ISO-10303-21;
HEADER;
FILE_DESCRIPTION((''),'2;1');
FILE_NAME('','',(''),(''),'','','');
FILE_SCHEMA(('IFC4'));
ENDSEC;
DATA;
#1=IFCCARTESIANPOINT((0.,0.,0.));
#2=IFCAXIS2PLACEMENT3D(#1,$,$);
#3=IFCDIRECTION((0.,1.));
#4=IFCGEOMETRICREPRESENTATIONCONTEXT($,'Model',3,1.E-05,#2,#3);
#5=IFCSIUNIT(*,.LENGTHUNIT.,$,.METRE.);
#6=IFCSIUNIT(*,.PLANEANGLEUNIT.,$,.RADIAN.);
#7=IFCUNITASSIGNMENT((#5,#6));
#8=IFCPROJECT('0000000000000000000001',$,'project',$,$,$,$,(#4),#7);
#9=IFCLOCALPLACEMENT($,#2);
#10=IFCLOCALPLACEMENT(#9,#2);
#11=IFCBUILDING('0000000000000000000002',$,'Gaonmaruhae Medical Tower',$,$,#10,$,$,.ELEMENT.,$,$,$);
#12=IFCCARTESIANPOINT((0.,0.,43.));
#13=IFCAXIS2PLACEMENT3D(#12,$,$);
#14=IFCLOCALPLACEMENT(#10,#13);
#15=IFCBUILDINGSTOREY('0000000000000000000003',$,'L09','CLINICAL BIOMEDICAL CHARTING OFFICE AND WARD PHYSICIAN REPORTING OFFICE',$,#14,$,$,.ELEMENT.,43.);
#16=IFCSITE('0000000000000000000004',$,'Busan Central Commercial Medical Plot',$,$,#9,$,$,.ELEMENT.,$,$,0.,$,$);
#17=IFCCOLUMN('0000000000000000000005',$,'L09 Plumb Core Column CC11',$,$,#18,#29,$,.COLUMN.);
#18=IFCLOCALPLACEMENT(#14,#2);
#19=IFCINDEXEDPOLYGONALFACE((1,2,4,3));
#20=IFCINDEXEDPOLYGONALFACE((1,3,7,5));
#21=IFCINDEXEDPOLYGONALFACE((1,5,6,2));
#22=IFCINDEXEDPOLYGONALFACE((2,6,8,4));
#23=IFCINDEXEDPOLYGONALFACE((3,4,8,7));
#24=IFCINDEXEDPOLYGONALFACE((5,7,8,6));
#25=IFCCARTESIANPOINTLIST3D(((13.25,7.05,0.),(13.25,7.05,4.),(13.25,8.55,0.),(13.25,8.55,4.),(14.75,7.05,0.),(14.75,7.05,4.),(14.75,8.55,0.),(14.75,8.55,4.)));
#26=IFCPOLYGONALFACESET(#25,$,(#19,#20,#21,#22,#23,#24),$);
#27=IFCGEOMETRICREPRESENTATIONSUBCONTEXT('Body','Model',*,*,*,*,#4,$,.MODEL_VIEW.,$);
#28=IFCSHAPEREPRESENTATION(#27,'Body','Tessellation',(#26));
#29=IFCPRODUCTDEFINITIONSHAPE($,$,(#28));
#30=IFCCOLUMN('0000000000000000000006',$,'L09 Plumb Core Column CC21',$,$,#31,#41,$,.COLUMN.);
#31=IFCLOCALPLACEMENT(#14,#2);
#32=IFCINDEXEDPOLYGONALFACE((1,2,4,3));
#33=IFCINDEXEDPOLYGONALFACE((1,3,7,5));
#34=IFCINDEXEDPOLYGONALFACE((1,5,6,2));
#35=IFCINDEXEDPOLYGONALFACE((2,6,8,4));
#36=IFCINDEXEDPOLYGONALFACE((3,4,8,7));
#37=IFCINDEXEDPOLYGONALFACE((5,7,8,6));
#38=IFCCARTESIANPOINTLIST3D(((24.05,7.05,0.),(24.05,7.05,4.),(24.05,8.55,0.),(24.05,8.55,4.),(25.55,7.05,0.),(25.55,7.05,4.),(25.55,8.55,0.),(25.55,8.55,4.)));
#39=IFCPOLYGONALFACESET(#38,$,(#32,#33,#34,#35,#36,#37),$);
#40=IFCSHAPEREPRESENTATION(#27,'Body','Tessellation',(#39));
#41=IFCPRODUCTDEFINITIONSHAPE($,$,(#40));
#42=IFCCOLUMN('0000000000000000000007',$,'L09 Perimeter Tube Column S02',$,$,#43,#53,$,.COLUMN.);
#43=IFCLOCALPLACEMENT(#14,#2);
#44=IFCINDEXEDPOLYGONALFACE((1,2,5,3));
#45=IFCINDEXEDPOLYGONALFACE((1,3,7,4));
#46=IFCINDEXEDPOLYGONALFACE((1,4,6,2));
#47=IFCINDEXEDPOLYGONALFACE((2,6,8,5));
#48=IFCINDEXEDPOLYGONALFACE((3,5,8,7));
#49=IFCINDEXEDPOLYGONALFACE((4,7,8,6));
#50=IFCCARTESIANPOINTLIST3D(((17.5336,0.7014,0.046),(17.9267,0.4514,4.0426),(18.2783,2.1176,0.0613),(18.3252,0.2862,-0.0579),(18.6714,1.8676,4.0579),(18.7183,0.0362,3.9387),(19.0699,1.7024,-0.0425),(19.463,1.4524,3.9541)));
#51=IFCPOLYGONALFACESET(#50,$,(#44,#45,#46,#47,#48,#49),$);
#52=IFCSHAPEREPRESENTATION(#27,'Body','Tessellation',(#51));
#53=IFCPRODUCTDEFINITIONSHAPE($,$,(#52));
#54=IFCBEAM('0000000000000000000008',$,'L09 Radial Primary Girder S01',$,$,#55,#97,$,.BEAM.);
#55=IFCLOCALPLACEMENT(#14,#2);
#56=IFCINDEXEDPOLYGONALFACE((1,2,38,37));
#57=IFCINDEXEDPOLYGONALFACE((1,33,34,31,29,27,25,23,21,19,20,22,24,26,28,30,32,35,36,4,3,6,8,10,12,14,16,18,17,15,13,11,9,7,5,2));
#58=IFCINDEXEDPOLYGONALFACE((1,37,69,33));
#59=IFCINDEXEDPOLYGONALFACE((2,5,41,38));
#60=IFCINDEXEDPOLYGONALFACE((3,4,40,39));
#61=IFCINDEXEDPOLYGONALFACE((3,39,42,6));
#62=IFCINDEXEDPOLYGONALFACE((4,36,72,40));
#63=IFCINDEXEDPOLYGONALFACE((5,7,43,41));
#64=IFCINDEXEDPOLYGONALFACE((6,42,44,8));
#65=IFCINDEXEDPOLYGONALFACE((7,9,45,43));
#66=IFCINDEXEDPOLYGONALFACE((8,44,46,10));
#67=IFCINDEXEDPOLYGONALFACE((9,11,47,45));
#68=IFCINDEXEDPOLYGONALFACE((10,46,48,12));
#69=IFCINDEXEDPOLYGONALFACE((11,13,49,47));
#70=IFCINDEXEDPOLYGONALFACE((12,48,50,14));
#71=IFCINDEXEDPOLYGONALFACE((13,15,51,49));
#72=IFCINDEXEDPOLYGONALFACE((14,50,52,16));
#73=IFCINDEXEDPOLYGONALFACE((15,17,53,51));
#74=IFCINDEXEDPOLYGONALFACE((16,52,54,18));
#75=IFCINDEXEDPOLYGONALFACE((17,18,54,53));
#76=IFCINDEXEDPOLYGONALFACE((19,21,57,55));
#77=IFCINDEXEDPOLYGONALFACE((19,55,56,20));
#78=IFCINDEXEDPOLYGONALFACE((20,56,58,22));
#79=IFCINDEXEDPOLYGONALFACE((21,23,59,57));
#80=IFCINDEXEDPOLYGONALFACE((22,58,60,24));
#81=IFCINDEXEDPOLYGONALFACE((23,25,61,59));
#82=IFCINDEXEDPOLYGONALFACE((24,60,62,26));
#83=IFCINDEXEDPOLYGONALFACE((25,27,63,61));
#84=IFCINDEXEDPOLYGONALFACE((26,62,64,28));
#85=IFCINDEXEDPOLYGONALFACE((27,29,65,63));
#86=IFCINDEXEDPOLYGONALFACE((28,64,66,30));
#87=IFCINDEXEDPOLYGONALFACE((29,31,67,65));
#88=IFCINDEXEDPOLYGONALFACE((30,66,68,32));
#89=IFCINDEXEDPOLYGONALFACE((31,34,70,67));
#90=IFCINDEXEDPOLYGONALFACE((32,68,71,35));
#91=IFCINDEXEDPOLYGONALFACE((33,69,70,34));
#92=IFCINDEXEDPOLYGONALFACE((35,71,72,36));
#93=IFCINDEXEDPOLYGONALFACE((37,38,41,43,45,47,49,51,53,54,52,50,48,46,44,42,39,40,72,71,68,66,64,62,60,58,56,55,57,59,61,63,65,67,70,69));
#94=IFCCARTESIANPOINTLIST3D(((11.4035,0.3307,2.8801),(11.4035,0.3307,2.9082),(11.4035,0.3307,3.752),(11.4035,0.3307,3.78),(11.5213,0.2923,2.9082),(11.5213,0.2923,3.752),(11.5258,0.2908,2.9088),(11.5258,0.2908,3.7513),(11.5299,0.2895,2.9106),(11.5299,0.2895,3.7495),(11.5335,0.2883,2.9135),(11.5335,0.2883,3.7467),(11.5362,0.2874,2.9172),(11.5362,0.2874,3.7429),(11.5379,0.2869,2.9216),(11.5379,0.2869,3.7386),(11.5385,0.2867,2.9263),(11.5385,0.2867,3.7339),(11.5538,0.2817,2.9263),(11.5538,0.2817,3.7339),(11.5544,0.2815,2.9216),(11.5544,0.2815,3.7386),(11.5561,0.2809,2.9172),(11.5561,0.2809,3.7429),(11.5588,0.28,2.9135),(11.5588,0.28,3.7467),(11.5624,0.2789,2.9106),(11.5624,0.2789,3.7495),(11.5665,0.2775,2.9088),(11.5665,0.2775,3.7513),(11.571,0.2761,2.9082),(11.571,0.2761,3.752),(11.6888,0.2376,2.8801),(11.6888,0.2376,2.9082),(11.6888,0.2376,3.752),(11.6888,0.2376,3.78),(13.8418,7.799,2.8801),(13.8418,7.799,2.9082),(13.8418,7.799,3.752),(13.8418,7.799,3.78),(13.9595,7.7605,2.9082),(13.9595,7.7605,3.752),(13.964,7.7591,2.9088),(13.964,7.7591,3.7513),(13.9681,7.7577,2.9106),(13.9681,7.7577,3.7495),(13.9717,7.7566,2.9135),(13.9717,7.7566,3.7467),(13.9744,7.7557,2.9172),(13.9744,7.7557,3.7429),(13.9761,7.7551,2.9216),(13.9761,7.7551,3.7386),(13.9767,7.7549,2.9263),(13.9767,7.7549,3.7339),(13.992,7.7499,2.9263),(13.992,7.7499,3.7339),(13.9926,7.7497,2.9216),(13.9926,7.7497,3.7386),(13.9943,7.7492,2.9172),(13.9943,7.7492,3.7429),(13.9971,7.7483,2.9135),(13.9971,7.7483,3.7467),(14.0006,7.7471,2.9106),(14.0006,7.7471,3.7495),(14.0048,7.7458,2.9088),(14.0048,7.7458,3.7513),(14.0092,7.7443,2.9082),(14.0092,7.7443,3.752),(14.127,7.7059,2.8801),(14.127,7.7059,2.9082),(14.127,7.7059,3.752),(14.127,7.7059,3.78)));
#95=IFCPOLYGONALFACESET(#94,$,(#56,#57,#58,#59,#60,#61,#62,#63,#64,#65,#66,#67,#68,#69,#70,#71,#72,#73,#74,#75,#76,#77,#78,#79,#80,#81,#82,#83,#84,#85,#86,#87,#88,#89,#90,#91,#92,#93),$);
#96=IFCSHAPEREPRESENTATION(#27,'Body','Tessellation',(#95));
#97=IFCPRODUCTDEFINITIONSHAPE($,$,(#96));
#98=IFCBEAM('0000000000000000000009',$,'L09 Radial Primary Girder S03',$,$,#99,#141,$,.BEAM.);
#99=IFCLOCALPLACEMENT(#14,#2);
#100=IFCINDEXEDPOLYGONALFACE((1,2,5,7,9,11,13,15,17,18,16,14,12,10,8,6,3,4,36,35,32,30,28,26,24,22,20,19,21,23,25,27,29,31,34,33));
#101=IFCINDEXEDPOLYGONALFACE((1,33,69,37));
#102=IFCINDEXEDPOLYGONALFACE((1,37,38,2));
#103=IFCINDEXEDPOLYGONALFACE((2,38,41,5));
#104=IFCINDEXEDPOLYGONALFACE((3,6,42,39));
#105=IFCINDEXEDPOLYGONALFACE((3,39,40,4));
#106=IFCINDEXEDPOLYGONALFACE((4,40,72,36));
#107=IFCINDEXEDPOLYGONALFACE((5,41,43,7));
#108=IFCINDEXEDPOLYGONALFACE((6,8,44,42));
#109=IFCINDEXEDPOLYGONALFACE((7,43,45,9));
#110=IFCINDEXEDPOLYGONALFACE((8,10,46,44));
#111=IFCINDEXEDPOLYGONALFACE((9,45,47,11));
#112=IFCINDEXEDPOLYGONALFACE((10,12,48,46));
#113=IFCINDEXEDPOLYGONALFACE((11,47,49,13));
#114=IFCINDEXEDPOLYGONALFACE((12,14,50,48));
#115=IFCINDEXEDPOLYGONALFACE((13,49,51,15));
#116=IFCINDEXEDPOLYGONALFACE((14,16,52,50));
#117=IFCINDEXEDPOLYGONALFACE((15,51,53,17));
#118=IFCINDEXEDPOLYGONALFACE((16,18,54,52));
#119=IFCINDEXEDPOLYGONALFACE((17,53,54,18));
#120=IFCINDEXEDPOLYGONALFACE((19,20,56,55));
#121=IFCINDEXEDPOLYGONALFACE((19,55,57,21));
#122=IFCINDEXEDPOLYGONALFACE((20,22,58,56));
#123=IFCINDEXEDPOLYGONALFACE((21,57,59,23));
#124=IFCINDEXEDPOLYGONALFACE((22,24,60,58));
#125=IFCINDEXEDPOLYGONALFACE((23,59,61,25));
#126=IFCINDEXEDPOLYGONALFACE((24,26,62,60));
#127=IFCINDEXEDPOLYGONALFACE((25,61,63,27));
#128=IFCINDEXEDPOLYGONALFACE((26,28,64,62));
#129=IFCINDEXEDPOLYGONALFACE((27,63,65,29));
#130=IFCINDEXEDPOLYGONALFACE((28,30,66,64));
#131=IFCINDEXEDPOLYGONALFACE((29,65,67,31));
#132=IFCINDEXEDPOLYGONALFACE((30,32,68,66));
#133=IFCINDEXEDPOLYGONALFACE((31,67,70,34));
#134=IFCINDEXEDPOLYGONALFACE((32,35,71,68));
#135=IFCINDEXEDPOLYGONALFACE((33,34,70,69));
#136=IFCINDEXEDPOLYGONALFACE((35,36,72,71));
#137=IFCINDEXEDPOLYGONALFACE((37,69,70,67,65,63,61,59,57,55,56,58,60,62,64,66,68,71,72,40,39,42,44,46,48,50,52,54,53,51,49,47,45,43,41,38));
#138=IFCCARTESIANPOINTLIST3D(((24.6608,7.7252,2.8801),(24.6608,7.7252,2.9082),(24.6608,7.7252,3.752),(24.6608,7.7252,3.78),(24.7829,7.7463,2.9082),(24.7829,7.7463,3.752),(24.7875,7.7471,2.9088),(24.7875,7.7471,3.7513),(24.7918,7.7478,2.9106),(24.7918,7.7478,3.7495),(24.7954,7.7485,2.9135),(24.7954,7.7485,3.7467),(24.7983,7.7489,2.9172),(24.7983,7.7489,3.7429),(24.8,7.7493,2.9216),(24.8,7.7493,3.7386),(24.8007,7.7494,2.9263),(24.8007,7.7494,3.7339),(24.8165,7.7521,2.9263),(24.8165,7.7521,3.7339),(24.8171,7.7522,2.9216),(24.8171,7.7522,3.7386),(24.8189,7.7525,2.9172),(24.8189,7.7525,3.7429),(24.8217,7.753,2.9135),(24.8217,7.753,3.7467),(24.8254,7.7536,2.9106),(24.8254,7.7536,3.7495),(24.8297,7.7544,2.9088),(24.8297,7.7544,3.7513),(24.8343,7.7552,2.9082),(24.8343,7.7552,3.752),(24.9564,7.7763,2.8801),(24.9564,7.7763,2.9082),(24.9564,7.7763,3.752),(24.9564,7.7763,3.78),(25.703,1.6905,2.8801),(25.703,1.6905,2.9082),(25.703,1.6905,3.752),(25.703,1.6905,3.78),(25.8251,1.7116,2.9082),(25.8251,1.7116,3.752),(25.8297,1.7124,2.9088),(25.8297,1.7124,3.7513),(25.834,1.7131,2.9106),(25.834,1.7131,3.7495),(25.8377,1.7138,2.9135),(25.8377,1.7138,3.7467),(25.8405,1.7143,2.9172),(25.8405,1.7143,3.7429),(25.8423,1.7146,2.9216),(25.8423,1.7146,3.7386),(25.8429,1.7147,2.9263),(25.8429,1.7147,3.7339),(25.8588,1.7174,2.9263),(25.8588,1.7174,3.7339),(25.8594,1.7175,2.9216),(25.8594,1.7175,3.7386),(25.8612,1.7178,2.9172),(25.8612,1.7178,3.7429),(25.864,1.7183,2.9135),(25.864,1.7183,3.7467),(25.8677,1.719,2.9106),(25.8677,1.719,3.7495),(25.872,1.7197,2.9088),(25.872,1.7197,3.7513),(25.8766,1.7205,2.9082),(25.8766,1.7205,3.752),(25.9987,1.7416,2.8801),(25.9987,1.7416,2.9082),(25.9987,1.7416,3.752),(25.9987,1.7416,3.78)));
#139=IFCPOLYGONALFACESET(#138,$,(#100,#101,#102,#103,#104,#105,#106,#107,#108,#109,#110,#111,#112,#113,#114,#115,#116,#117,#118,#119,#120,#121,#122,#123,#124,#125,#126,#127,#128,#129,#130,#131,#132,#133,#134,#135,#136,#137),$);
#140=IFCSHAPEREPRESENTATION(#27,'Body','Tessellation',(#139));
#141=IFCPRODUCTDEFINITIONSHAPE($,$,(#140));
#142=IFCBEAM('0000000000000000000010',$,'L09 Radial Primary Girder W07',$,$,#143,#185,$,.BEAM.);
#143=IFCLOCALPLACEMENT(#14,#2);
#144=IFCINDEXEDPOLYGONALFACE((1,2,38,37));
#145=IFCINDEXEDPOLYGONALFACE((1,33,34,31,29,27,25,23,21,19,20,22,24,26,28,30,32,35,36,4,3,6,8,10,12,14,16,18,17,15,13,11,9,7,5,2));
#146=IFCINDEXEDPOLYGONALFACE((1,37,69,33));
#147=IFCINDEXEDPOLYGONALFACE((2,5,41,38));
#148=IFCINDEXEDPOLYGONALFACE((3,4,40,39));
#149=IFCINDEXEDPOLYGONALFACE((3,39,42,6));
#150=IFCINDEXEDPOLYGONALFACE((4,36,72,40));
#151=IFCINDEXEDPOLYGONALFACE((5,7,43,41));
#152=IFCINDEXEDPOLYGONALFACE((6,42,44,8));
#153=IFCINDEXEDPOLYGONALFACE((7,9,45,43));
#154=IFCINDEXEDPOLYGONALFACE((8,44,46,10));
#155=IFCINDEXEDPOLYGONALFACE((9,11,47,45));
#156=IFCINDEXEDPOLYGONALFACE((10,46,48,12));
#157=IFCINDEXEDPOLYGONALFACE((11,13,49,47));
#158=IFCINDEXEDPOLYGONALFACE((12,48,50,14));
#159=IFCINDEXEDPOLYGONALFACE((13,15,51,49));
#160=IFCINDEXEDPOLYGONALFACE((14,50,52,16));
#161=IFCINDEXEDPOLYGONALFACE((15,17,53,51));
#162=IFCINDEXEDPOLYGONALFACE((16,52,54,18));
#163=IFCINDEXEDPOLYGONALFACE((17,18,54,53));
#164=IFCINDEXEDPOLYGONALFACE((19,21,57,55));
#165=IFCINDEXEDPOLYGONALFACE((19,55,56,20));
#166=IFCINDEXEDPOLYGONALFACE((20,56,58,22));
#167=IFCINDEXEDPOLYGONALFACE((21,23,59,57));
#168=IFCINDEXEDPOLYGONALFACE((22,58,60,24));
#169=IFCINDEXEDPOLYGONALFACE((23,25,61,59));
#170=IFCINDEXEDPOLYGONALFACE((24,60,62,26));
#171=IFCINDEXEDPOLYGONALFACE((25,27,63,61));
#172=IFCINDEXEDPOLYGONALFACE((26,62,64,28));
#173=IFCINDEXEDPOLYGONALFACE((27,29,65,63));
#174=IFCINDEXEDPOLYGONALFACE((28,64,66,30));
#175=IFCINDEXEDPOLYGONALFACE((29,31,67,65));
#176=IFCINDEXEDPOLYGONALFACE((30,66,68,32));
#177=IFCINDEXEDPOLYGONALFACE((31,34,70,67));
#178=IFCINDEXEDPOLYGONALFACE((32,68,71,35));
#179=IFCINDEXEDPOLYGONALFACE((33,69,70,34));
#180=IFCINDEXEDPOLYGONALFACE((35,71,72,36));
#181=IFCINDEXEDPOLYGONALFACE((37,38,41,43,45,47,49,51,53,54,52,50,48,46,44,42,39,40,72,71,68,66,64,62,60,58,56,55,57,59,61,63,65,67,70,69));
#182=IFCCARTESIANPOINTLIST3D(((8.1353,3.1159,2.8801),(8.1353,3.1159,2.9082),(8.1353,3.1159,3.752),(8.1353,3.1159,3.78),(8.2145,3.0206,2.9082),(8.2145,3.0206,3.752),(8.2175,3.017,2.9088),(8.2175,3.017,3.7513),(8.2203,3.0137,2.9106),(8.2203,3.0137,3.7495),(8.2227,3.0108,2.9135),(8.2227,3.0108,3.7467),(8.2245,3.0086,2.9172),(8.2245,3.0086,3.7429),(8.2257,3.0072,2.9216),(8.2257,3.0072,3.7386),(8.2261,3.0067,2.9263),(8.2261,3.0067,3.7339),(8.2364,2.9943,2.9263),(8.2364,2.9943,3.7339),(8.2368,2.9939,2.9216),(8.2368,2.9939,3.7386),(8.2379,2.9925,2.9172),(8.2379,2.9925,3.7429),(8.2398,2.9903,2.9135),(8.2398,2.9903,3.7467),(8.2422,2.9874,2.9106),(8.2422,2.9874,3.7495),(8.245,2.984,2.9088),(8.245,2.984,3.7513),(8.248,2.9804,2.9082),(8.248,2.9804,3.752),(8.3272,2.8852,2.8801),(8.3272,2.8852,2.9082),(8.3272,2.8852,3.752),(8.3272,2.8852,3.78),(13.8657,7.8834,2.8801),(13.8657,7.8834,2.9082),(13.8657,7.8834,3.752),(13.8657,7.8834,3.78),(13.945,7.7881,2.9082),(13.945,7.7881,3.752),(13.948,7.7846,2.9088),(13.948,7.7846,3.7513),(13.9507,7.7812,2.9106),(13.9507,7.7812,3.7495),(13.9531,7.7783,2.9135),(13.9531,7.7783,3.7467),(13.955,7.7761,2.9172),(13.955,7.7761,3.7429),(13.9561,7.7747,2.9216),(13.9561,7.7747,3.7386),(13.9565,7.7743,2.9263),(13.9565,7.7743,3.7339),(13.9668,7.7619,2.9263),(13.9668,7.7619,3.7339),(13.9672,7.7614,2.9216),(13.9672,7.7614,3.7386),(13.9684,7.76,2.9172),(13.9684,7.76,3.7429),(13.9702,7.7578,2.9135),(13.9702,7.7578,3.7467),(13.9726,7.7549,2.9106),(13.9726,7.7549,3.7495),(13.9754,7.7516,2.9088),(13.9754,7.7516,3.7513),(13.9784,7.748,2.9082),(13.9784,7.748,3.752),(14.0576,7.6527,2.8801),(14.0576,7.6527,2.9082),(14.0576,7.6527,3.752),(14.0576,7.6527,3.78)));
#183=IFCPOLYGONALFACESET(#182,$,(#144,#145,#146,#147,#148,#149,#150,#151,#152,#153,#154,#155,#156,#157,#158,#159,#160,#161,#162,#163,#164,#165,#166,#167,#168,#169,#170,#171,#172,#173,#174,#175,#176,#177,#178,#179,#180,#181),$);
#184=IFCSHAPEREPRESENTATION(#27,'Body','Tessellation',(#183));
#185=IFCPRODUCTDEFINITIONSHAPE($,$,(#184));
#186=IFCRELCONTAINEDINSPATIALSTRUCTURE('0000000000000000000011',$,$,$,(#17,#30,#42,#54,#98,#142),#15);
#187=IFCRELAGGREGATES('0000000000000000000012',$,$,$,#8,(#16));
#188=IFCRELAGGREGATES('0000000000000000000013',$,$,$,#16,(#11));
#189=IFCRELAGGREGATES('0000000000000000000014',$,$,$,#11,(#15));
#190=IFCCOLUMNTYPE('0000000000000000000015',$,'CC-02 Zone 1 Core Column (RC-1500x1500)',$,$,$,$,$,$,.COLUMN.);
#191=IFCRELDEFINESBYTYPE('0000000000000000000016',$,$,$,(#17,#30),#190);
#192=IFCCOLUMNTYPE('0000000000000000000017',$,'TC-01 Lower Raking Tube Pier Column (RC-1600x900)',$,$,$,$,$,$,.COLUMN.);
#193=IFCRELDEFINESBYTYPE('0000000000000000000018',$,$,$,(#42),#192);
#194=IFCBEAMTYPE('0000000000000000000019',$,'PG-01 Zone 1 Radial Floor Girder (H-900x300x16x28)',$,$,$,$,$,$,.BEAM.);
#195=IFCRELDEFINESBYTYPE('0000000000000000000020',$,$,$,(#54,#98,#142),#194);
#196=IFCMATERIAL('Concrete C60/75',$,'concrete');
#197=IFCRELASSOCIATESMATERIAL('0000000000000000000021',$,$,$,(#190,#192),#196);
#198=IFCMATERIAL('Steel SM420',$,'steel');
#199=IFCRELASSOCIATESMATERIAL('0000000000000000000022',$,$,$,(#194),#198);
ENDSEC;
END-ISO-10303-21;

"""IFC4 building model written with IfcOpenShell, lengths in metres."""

from ifc_helpers import new_model, si_unit, direction, frame, origin, origin_2d, place, context, subcontext, project, spatial, rectangle, i_section, extrude, material, material_profile, profile_set, type_object, element, save


model = new_model("IFC4")

# Units and contexts
model_context = context("Model", 3, precision=1e-05, world=origin(), true_north=direction((0.0, 1.0)))
body_context = subcontext(model_context, "Body", "Model", "MODEL_VIEW")
ifc_project = project(units=[si_unit("LENGTHUNIT", "METRE"), si_unit("PLANEANGLEUNIT", "RADIAN")], contexts=[model_context])

# Site, building, storey
site_placement = place(None, origin())
site = spatial("IfcSite", under=ifc_project, at=site_placement, Name="Busan Central Commercial Medical Plot", CompositionType="ELEMENT", RefElevation=0.0)
building_placement = place(site_placement, origin())
building = spatial("IfcBuilding", under=site, at=building_placement, Name="Gaonmaruhae Medical Tower", CompositionType="ELEMENT")
storey_placement = place(building_placement, frame((0.0, 0.0, 43.0)))
storey = spatial("IfcBuildingStorey", under=building, at=storey_placement, Name="L09", Description="CLINICAL BIOMEDICAL CHARTING OFFICE AND WARD PHYSICIAN REPORTING OFFICE", CompositionType="ELEMENT", Elevation=43.0)

# Columns
ifc_material_1 = material(Name="Concrete C60/75", Category="concrete")
ifc_material_profile_1 = material_profile(ifc_material_1, rectangle(XDim=1.5, YDim=1.5, at=origin_2d()), Name="RC-1500x1500")
ifc_profile_set_1 = profile_set([ifc_material_profile_1], Name="Concrete C60/75")
column_type_1 = type_object("IfcColumnType", Name="CC-02 Zone 1 Core Column (RC-1500x1500)", PredefinedType="COLUMN", material=ifc_profile_set_1)
for number, where, z_axis, x_axis, name in (
    (1, (14.0, 7.8, 0.0), (0.0, 0.0, 1.0), (1.0, 0.0, 0.0), "L09 Plumb Core Column CC11"),
    (2, (24.8, 7.8, 0.0), (0.0, 0.0, 1.0), (1.0, 0.0, 0.0), "L09 Plumb Core Column CC21"),
):
    element("IfcColumn", number, at=place(storey_placement, frame(where, z_axis=z_axis, x_axis=x_axis)), inside=storey, type_object=column_type_1, Name=name, PredefinedType="COLUMN", context=body_context, shape_type="SweptSolid", body=[
        extrude(rectangle(XDim=1.5, YDim=1.5, at=origin_2d()), origin(), (0.0, 0.0, 1.0), 4.0),
    ])
ifc_material_profile_2 = material_profile(ifc_material_1, rectangle(XDim=1.6001, YDim=0.8999, at=origin_2d()), Name="RC-1600x900")
ifc_profile_set_2 = profile_set([ifc_material_profile_2], Name="Concrete C60/75")
column_type_2 = type_object("IfcColumnType", Name="TC-01 Lower Raking Tube Pier Column (RC-1600x900)", PredefinedType="COLUMN", material=ifc_profile_set_2)
column_placement = place(storey_placement, frame((18.3018, 1.2019, 0.0017), z_axis=(0.097689, -0.062133, 0.993276), x_axis=(0.465426, 0.885035, 0.009587)))
element("IfcColumn", 3, at=column_placement, inside=storey, type_object=column_type_2, Name="L09 Perimeter Tube Column S02", PredefinedType="COLUMN", context=body_context, shape_type="SweptSolid", body=[
    extrude(rectangle(XDim=1.6001, YDim=0.8999, at=origin_2d()), origin(), (0.0, 0.0, 1.0), 4.0237),
])

# Beams
ifc_material_2 = material(Name="Steel SM420", Category="steel")
ifc_material_profile_3 = material_profile(ifc_material_2, i_section(OverallWidth=0.3, OverallDepth=0.8999, WebThickness=0.0161, FlangeThickness=0.0281, FilletRadius=0.0181, at=origin_2d()), Name="H-900x300x16x28")
ifc_profile_set_3 = profile_set([ifc_material_profile_3], Name="Steel SM420")
beam_type_1 = type_object("IfcBeamType", Name="PG-01 Zone 1 Radial Floor Girder (H-900x300x16x28)", PredefinedType="BEAM", material=ifc_profile_set_3)
beam_1_placement = place(storey_placement, frame((13.9844, 7.7524, 3.3301), z_axis=(-0.310358, -0.95062, 0.0), x_axis=(0.95062, -0.310358, 0.0)))
element("IfcBeam", 4, at=beam_1_placement, inside=storey, type_object=beam_type_1, Name="L09 Radial Primary Girder S01", PredefinedType="BEAM", context=body_context, shape_type="SweptSolid", body=[
    extrude(i_section(OverallWidth=0.3, OverallDepth=0.8999, WebThickness=0.0161, FlangeThickness=0.0281, FilletRadius=0.0181, at=origin_2d()), origin(), (0.0, 0.0, 1.0), 7.8562),
])
beam_2_placement = place(storey_placement, frame((24.8086, 7.7507, 3.3301), z_axis=(0.170189, -0.985412, 0.0), x_axis=(0.985412, 0.170189, 0.0)))
element("IfcBeam", 5, at=beam_2_placement, inside=storey, type_object=beam_type_1, Name="L09 Radial Primary Girder S03", PredefinedType="BEAM", context=body_context, shape_type="SweptSolid", body=[
    extrude(i_section(OverallWidth=0.3, OverallDepth=0.8999, WebThickness=0.0161, FlangeThickness=0.0281, FilletRadius=0.0181, at=origin_2d()), origin(), (0.0, 0.0, 1.0), 6.124),
])
beam_3_placement = place(storey_placement, frame((13.9617, 7.7681, 3.3301), z_axis=(-0.768736, -0.639566, 0.0), x_axis=(0.639566, -0.768736, 0.0)))
element("IfcBeam", 6, at=beam_3_placement, inside=storey, type_object=beam_type_1, Name="L09 Radial Primary Girder W07", PredefinedType="BEAM", context=body_context, shape_type="SweptSolid", body=[
    extrude(i_section(OverallWidth=0.3, OverallDepth=0.8999, WebThickness=0.0161, FlangeThickness=0.0281, FilletRadius=0.0181, at=origin_2d()), origin(), (0.0, 0.0, 1.0), 7.4543),
])

save(model, "model.ifc")
